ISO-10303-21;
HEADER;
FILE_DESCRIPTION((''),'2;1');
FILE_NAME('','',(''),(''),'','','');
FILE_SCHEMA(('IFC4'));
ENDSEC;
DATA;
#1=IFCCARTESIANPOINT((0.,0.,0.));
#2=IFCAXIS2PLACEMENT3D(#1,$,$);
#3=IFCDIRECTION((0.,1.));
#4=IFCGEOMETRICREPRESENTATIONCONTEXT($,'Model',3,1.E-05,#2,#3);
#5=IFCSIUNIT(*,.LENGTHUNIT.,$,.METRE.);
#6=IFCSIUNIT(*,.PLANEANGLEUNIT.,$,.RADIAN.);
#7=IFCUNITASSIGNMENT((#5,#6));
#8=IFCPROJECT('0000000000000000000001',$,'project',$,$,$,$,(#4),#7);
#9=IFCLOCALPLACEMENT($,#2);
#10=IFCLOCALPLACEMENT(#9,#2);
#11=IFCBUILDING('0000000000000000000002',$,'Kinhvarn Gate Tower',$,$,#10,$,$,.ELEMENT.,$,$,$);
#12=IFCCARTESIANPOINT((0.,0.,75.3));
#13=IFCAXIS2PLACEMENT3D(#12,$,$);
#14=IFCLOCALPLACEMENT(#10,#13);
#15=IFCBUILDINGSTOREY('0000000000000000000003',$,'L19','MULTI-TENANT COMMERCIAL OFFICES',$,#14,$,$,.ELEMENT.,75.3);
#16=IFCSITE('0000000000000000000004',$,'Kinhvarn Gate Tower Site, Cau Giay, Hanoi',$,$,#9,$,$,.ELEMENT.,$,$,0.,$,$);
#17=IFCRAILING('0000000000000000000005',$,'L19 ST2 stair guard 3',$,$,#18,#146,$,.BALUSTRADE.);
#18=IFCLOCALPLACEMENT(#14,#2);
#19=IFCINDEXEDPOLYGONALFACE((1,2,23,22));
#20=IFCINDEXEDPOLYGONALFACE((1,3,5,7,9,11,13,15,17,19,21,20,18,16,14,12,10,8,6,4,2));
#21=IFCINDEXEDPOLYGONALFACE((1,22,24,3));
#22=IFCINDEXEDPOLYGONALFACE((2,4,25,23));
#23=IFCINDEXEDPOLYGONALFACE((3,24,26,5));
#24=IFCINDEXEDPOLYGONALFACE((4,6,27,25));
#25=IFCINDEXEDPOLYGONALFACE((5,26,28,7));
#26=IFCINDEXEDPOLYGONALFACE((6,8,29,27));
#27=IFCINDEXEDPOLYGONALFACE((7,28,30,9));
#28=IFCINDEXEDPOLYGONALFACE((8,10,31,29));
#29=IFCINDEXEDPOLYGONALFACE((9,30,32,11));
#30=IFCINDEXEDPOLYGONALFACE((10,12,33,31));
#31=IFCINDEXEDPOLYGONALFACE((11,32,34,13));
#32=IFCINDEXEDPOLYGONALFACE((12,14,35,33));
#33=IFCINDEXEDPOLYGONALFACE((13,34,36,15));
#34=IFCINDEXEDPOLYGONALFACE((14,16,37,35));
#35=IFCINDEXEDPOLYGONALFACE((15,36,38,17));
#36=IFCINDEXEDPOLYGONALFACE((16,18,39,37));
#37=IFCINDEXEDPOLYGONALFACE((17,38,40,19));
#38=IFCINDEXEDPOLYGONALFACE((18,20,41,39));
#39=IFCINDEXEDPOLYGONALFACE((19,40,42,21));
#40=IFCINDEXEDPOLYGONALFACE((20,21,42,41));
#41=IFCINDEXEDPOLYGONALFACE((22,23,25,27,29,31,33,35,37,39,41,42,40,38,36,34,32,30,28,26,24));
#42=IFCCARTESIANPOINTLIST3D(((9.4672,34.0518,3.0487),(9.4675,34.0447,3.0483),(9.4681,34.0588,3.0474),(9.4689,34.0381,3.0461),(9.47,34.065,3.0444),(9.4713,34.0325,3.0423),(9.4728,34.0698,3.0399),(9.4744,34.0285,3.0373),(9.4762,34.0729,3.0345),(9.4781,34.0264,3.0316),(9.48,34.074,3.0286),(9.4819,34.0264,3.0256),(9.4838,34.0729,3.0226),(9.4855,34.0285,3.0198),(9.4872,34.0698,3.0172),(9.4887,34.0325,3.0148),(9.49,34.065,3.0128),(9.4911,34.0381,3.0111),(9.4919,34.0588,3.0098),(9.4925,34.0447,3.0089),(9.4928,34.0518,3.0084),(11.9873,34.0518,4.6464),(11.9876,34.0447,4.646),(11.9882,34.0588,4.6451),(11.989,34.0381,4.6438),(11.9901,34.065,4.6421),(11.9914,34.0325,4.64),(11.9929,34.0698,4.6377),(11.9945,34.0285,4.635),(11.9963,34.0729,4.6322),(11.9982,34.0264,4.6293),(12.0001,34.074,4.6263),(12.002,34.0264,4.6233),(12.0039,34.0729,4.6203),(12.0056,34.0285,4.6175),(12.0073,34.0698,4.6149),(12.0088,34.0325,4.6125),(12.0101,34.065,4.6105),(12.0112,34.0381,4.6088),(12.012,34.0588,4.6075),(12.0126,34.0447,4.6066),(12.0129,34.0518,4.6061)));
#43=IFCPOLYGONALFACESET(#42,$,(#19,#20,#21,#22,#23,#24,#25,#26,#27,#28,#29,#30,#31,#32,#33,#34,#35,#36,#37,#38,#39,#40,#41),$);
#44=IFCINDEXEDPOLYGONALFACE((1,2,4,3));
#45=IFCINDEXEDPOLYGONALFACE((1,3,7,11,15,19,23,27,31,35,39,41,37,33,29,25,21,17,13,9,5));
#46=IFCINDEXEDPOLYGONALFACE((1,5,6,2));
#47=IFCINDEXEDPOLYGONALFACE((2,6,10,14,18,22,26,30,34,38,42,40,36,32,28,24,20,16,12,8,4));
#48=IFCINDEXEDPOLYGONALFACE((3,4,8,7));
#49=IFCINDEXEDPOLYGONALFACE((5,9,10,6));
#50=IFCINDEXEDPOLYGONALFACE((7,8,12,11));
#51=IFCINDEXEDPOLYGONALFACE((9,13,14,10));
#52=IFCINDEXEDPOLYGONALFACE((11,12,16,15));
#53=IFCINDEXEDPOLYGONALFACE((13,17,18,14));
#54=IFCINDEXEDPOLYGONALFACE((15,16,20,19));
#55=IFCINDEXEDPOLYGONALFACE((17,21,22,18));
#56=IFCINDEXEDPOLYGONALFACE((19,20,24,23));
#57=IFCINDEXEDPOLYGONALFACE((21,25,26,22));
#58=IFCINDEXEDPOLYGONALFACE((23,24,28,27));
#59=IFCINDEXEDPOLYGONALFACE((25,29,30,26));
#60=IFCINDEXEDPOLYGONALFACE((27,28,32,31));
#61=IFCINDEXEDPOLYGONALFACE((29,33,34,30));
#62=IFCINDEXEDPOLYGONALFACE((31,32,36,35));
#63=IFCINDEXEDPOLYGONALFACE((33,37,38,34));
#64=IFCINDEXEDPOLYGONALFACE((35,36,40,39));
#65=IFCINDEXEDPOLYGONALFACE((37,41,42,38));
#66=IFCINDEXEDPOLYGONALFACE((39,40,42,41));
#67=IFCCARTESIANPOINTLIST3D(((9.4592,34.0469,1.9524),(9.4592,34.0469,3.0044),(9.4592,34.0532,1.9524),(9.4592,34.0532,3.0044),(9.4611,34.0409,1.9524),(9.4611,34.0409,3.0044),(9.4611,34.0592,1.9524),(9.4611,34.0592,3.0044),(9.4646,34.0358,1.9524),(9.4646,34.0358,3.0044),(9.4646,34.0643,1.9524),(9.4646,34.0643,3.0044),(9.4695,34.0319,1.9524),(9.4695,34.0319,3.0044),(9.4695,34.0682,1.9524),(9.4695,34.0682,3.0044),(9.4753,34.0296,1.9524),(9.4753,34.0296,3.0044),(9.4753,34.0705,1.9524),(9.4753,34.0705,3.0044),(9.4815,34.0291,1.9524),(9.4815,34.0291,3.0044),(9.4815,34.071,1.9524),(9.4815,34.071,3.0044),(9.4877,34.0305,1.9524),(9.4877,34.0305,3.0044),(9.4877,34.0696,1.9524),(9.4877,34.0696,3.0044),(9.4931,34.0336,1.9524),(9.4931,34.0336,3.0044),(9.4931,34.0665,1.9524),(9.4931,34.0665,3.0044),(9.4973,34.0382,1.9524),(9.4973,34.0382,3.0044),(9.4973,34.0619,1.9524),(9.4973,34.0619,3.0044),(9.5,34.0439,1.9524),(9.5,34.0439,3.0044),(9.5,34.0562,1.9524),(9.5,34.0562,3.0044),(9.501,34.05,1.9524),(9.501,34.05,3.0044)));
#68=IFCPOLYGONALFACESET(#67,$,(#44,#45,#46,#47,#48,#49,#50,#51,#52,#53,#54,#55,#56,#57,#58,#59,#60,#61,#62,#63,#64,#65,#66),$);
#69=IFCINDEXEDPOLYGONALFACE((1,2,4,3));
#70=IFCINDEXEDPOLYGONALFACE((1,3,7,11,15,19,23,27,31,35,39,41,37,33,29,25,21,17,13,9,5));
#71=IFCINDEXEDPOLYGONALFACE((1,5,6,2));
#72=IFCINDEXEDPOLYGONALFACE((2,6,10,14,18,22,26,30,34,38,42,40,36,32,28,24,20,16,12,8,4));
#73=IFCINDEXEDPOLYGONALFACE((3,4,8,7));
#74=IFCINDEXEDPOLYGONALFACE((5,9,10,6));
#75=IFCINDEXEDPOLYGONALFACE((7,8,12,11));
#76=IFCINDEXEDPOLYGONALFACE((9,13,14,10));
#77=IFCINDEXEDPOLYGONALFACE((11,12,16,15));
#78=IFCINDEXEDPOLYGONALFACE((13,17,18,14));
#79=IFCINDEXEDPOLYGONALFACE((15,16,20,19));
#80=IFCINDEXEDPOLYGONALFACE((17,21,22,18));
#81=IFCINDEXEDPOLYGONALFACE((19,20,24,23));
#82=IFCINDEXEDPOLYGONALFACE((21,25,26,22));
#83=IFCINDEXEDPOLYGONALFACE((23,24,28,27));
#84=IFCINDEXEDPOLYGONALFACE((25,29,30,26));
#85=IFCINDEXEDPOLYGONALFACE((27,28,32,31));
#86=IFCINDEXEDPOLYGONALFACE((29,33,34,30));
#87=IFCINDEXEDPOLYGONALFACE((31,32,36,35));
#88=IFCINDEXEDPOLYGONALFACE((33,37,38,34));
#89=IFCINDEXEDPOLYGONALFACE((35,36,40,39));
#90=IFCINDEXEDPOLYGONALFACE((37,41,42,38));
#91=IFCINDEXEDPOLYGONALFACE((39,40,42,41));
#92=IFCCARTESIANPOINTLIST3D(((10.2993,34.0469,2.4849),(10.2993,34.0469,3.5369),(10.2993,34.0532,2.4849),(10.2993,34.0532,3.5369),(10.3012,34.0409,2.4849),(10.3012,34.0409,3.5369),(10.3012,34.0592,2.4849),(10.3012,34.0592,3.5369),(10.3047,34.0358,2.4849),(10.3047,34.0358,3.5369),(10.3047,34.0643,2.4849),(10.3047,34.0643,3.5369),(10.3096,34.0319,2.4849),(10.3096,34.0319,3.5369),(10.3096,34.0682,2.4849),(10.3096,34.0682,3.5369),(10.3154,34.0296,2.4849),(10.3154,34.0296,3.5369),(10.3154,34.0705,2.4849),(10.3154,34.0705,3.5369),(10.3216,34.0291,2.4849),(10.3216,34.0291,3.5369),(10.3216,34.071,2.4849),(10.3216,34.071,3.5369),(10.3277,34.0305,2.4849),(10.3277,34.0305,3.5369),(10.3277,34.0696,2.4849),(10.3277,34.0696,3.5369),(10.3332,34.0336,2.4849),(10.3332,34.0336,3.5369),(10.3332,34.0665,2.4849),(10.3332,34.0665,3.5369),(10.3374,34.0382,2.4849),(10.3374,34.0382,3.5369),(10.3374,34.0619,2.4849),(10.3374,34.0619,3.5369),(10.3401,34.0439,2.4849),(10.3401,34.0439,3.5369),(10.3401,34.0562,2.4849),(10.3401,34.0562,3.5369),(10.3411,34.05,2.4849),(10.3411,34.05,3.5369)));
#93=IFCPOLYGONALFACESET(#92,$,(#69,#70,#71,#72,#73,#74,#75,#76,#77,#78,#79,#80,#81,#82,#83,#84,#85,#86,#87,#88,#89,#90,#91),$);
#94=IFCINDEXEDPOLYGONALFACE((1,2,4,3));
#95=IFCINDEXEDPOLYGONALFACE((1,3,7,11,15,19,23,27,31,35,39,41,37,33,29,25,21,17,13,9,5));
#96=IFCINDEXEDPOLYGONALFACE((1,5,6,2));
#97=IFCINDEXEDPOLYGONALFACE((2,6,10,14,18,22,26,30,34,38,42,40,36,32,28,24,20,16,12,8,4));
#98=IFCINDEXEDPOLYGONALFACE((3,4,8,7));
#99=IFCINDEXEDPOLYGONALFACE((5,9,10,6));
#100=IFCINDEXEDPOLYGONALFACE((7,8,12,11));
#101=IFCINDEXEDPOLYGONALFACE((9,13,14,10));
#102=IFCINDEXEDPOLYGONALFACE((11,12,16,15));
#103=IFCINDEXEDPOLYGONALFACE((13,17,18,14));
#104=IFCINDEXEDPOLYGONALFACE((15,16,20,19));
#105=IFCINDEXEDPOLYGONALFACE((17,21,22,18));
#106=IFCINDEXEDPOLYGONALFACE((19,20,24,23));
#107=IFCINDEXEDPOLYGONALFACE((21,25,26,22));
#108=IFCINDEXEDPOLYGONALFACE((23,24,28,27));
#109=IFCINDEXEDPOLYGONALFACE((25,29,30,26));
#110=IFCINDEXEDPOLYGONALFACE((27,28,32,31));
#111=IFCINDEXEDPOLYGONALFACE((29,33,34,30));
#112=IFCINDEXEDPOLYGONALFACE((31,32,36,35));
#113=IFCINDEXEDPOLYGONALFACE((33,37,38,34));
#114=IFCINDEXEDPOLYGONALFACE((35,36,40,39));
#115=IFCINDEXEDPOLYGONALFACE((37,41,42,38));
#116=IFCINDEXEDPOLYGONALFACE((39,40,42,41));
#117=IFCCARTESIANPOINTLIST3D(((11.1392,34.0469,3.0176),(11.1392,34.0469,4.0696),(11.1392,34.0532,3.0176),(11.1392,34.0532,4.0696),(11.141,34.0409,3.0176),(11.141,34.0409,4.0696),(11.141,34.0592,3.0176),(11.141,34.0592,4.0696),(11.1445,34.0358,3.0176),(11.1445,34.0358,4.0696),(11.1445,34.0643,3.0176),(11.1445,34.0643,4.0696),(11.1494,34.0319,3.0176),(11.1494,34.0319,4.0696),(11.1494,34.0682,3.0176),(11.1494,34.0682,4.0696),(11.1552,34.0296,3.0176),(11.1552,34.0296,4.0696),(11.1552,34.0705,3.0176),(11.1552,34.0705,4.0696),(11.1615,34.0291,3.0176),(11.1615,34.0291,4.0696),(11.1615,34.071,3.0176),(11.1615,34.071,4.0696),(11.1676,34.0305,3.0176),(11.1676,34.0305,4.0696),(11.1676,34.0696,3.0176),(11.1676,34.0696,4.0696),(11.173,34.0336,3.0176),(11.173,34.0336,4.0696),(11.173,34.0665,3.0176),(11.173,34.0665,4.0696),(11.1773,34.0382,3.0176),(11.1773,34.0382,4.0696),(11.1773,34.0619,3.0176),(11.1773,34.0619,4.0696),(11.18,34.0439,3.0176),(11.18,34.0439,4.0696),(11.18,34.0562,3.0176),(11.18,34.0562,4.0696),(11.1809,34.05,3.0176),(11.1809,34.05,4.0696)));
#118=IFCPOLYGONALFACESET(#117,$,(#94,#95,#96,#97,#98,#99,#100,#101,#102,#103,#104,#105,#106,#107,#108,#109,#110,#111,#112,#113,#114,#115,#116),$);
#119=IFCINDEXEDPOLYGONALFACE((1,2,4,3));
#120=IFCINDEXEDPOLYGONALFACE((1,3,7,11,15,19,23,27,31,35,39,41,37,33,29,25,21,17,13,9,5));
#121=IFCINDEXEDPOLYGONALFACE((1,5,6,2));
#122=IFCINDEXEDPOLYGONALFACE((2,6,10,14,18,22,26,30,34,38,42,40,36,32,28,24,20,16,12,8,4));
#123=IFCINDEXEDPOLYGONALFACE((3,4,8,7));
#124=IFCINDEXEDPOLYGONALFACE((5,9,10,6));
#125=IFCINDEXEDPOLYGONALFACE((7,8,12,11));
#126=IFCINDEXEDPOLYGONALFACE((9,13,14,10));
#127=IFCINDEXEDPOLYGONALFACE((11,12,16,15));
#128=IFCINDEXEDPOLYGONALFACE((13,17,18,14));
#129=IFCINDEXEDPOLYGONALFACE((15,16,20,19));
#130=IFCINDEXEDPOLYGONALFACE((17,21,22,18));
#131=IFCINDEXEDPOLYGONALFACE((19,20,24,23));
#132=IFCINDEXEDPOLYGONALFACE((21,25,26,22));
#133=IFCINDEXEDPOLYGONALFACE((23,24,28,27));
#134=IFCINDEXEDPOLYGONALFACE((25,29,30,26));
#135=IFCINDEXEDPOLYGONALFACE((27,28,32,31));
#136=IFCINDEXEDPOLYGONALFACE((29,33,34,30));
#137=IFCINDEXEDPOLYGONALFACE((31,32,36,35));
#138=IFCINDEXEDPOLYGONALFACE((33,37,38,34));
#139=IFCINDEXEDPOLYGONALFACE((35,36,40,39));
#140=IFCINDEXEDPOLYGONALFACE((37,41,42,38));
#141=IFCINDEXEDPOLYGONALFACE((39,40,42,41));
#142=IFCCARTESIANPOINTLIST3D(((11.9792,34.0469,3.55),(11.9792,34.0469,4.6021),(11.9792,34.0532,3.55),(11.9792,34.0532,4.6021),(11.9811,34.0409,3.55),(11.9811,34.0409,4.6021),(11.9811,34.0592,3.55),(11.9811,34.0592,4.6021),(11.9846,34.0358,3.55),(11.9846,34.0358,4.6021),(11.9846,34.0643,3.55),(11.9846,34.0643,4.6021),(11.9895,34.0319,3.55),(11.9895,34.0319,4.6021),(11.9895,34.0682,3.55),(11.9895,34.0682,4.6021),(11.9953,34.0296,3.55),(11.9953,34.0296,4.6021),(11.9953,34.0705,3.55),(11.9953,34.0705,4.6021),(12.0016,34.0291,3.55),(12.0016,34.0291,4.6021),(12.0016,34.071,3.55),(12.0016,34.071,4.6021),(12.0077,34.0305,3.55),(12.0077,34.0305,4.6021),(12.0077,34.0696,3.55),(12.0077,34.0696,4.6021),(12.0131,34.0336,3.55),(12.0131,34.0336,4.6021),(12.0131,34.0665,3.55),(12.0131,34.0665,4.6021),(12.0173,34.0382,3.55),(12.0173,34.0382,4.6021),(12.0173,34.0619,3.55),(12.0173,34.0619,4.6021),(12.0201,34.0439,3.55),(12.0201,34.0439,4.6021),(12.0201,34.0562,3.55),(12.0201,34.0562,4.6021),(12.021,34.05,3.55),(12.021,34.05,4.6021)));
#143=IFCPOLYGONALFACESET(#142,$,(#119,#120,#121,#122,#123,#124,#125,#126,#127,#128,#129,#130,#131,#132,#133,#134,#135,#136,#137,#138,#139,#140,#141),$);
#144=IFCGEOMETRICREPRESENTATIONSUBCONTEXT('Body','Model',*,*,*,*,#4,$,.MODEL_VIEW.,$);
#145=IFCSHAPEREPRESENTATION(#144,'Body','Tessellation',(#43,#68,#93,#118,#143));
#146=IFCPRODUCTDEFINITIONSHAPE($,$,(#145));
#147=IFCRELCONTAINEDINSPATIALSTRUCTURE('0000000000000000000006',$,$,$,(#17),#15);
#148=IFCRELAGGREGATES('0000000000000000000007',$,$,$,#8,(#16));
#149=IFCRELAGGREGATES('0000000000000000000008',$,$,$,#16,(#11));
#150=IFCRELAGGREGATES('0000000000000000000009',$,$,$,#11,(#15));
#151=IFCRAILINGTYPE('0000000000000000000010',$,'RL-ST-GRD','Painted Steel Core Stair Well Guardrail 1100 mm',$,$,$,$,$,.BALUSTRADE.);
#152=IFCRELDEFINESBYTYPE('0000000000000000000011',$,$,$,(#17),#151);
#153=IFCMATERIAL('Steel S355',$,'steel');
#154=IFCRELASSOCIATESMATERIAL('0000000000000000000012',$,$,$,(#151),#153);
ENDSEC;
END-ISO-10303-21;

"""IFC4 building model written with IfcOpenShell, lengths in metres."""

from ifc_helpers import new_model, si_unit, direction, frame, origin, origin_2d, place, context, subcontext, project, spatial, circle, extrude, material, type_object, element, save


model = new_model("IFC4")

# Units and contexts
model_context = context("Model", 3, precision=1e-05, world=origin(), true_north=direction((0.0, 1.0)))
body_context = subcontext(model_context, "Body", "Model", "MODEL_VIEW")
ifc_project = project(units=[si_unit("LENGTHUNIT", "METRE"), si_unit("PLANEANGLEUNIT", "RADIAN")], contexts=[model_context])

# Site, building, storey
site_placement = place(None, origin())
site = spatial("IfcSite", under=ifc_project, at=site_placement, Name="Kinhvarn Gate Tower Site, Cau Giay, Hanoi", CompositionType="ELEMENT", RefElevation=0.0)
building_placement = place(site_placement, origin())
building = spatial("IfcBuilding", under=site, at=building_placement, Name="Kinhvarn Gate Tower", CompositionType="ELEMENT")
storey_placement = place(building_placement, frame((0.0, 0.0, 75.3)))
storey = spatial("IfcBuildingStorey", under=building, at=storey_placement, Name="L19", Description="MULTI-TENANT COMMERCIAL OFFICES", CompositionType="ELEMENT", Elevation=75.3)

# Shared definitions
ifc_material_1 = material(Name="Steel S355", Category="steel")

# Railing
railing_type_1 = type_object("IfcRailingType", Name="RL-ST-GRD", Description="Painted Steel Core Stair Well Guardrail 1100 mm", PredefinedType="BALUSTRADE", material=ifc_material_1)
railing_1_placement = place(storey_placement, frame((9.48, 34.05, 1.9524)))
element("IfcRailing", 1, at=railing_1_placement, inside=storey, type_object=railing_type_1, Name="L19 ST2 stair guard 3", PredefinedType="BALUSTRADE", context=body_context, shape_type="SweptSolid", body=[
    extrude(circle(Radius=0.0239, at=origin_2d()), frame((0.0, 0.0, 1.0762), z_axis=(0.84457, 0.0, 0.535445), x_axis=(0.0, 1.0, 0.0)), (0.0, 0.0, 1.0), 2.9839),
    extrude(circle(Radius=0.021, at=origin_2d()), origin(), (0.0, 0.0, 1.0), 1.052),
    extrude(circle(Radius=0.021, at=origin_2d()), frame((0.8401, 0.0, 0.5325)), (0.0, 0.0, 1.0), 1.052),
    extrude(circle(Radius=0.021, at=origin_2d()), frame((1.6799, 0.0, 1.0652)), (0.0, 0.0, 1.0), 1.052),
    extrude(circle(Radius=0.021, at=origin_2d()), frame((2.52, 0.0, 1.5977)), (0.0, 0.0, 1.0), 1.052),
])

save(model, "model.ifc")
